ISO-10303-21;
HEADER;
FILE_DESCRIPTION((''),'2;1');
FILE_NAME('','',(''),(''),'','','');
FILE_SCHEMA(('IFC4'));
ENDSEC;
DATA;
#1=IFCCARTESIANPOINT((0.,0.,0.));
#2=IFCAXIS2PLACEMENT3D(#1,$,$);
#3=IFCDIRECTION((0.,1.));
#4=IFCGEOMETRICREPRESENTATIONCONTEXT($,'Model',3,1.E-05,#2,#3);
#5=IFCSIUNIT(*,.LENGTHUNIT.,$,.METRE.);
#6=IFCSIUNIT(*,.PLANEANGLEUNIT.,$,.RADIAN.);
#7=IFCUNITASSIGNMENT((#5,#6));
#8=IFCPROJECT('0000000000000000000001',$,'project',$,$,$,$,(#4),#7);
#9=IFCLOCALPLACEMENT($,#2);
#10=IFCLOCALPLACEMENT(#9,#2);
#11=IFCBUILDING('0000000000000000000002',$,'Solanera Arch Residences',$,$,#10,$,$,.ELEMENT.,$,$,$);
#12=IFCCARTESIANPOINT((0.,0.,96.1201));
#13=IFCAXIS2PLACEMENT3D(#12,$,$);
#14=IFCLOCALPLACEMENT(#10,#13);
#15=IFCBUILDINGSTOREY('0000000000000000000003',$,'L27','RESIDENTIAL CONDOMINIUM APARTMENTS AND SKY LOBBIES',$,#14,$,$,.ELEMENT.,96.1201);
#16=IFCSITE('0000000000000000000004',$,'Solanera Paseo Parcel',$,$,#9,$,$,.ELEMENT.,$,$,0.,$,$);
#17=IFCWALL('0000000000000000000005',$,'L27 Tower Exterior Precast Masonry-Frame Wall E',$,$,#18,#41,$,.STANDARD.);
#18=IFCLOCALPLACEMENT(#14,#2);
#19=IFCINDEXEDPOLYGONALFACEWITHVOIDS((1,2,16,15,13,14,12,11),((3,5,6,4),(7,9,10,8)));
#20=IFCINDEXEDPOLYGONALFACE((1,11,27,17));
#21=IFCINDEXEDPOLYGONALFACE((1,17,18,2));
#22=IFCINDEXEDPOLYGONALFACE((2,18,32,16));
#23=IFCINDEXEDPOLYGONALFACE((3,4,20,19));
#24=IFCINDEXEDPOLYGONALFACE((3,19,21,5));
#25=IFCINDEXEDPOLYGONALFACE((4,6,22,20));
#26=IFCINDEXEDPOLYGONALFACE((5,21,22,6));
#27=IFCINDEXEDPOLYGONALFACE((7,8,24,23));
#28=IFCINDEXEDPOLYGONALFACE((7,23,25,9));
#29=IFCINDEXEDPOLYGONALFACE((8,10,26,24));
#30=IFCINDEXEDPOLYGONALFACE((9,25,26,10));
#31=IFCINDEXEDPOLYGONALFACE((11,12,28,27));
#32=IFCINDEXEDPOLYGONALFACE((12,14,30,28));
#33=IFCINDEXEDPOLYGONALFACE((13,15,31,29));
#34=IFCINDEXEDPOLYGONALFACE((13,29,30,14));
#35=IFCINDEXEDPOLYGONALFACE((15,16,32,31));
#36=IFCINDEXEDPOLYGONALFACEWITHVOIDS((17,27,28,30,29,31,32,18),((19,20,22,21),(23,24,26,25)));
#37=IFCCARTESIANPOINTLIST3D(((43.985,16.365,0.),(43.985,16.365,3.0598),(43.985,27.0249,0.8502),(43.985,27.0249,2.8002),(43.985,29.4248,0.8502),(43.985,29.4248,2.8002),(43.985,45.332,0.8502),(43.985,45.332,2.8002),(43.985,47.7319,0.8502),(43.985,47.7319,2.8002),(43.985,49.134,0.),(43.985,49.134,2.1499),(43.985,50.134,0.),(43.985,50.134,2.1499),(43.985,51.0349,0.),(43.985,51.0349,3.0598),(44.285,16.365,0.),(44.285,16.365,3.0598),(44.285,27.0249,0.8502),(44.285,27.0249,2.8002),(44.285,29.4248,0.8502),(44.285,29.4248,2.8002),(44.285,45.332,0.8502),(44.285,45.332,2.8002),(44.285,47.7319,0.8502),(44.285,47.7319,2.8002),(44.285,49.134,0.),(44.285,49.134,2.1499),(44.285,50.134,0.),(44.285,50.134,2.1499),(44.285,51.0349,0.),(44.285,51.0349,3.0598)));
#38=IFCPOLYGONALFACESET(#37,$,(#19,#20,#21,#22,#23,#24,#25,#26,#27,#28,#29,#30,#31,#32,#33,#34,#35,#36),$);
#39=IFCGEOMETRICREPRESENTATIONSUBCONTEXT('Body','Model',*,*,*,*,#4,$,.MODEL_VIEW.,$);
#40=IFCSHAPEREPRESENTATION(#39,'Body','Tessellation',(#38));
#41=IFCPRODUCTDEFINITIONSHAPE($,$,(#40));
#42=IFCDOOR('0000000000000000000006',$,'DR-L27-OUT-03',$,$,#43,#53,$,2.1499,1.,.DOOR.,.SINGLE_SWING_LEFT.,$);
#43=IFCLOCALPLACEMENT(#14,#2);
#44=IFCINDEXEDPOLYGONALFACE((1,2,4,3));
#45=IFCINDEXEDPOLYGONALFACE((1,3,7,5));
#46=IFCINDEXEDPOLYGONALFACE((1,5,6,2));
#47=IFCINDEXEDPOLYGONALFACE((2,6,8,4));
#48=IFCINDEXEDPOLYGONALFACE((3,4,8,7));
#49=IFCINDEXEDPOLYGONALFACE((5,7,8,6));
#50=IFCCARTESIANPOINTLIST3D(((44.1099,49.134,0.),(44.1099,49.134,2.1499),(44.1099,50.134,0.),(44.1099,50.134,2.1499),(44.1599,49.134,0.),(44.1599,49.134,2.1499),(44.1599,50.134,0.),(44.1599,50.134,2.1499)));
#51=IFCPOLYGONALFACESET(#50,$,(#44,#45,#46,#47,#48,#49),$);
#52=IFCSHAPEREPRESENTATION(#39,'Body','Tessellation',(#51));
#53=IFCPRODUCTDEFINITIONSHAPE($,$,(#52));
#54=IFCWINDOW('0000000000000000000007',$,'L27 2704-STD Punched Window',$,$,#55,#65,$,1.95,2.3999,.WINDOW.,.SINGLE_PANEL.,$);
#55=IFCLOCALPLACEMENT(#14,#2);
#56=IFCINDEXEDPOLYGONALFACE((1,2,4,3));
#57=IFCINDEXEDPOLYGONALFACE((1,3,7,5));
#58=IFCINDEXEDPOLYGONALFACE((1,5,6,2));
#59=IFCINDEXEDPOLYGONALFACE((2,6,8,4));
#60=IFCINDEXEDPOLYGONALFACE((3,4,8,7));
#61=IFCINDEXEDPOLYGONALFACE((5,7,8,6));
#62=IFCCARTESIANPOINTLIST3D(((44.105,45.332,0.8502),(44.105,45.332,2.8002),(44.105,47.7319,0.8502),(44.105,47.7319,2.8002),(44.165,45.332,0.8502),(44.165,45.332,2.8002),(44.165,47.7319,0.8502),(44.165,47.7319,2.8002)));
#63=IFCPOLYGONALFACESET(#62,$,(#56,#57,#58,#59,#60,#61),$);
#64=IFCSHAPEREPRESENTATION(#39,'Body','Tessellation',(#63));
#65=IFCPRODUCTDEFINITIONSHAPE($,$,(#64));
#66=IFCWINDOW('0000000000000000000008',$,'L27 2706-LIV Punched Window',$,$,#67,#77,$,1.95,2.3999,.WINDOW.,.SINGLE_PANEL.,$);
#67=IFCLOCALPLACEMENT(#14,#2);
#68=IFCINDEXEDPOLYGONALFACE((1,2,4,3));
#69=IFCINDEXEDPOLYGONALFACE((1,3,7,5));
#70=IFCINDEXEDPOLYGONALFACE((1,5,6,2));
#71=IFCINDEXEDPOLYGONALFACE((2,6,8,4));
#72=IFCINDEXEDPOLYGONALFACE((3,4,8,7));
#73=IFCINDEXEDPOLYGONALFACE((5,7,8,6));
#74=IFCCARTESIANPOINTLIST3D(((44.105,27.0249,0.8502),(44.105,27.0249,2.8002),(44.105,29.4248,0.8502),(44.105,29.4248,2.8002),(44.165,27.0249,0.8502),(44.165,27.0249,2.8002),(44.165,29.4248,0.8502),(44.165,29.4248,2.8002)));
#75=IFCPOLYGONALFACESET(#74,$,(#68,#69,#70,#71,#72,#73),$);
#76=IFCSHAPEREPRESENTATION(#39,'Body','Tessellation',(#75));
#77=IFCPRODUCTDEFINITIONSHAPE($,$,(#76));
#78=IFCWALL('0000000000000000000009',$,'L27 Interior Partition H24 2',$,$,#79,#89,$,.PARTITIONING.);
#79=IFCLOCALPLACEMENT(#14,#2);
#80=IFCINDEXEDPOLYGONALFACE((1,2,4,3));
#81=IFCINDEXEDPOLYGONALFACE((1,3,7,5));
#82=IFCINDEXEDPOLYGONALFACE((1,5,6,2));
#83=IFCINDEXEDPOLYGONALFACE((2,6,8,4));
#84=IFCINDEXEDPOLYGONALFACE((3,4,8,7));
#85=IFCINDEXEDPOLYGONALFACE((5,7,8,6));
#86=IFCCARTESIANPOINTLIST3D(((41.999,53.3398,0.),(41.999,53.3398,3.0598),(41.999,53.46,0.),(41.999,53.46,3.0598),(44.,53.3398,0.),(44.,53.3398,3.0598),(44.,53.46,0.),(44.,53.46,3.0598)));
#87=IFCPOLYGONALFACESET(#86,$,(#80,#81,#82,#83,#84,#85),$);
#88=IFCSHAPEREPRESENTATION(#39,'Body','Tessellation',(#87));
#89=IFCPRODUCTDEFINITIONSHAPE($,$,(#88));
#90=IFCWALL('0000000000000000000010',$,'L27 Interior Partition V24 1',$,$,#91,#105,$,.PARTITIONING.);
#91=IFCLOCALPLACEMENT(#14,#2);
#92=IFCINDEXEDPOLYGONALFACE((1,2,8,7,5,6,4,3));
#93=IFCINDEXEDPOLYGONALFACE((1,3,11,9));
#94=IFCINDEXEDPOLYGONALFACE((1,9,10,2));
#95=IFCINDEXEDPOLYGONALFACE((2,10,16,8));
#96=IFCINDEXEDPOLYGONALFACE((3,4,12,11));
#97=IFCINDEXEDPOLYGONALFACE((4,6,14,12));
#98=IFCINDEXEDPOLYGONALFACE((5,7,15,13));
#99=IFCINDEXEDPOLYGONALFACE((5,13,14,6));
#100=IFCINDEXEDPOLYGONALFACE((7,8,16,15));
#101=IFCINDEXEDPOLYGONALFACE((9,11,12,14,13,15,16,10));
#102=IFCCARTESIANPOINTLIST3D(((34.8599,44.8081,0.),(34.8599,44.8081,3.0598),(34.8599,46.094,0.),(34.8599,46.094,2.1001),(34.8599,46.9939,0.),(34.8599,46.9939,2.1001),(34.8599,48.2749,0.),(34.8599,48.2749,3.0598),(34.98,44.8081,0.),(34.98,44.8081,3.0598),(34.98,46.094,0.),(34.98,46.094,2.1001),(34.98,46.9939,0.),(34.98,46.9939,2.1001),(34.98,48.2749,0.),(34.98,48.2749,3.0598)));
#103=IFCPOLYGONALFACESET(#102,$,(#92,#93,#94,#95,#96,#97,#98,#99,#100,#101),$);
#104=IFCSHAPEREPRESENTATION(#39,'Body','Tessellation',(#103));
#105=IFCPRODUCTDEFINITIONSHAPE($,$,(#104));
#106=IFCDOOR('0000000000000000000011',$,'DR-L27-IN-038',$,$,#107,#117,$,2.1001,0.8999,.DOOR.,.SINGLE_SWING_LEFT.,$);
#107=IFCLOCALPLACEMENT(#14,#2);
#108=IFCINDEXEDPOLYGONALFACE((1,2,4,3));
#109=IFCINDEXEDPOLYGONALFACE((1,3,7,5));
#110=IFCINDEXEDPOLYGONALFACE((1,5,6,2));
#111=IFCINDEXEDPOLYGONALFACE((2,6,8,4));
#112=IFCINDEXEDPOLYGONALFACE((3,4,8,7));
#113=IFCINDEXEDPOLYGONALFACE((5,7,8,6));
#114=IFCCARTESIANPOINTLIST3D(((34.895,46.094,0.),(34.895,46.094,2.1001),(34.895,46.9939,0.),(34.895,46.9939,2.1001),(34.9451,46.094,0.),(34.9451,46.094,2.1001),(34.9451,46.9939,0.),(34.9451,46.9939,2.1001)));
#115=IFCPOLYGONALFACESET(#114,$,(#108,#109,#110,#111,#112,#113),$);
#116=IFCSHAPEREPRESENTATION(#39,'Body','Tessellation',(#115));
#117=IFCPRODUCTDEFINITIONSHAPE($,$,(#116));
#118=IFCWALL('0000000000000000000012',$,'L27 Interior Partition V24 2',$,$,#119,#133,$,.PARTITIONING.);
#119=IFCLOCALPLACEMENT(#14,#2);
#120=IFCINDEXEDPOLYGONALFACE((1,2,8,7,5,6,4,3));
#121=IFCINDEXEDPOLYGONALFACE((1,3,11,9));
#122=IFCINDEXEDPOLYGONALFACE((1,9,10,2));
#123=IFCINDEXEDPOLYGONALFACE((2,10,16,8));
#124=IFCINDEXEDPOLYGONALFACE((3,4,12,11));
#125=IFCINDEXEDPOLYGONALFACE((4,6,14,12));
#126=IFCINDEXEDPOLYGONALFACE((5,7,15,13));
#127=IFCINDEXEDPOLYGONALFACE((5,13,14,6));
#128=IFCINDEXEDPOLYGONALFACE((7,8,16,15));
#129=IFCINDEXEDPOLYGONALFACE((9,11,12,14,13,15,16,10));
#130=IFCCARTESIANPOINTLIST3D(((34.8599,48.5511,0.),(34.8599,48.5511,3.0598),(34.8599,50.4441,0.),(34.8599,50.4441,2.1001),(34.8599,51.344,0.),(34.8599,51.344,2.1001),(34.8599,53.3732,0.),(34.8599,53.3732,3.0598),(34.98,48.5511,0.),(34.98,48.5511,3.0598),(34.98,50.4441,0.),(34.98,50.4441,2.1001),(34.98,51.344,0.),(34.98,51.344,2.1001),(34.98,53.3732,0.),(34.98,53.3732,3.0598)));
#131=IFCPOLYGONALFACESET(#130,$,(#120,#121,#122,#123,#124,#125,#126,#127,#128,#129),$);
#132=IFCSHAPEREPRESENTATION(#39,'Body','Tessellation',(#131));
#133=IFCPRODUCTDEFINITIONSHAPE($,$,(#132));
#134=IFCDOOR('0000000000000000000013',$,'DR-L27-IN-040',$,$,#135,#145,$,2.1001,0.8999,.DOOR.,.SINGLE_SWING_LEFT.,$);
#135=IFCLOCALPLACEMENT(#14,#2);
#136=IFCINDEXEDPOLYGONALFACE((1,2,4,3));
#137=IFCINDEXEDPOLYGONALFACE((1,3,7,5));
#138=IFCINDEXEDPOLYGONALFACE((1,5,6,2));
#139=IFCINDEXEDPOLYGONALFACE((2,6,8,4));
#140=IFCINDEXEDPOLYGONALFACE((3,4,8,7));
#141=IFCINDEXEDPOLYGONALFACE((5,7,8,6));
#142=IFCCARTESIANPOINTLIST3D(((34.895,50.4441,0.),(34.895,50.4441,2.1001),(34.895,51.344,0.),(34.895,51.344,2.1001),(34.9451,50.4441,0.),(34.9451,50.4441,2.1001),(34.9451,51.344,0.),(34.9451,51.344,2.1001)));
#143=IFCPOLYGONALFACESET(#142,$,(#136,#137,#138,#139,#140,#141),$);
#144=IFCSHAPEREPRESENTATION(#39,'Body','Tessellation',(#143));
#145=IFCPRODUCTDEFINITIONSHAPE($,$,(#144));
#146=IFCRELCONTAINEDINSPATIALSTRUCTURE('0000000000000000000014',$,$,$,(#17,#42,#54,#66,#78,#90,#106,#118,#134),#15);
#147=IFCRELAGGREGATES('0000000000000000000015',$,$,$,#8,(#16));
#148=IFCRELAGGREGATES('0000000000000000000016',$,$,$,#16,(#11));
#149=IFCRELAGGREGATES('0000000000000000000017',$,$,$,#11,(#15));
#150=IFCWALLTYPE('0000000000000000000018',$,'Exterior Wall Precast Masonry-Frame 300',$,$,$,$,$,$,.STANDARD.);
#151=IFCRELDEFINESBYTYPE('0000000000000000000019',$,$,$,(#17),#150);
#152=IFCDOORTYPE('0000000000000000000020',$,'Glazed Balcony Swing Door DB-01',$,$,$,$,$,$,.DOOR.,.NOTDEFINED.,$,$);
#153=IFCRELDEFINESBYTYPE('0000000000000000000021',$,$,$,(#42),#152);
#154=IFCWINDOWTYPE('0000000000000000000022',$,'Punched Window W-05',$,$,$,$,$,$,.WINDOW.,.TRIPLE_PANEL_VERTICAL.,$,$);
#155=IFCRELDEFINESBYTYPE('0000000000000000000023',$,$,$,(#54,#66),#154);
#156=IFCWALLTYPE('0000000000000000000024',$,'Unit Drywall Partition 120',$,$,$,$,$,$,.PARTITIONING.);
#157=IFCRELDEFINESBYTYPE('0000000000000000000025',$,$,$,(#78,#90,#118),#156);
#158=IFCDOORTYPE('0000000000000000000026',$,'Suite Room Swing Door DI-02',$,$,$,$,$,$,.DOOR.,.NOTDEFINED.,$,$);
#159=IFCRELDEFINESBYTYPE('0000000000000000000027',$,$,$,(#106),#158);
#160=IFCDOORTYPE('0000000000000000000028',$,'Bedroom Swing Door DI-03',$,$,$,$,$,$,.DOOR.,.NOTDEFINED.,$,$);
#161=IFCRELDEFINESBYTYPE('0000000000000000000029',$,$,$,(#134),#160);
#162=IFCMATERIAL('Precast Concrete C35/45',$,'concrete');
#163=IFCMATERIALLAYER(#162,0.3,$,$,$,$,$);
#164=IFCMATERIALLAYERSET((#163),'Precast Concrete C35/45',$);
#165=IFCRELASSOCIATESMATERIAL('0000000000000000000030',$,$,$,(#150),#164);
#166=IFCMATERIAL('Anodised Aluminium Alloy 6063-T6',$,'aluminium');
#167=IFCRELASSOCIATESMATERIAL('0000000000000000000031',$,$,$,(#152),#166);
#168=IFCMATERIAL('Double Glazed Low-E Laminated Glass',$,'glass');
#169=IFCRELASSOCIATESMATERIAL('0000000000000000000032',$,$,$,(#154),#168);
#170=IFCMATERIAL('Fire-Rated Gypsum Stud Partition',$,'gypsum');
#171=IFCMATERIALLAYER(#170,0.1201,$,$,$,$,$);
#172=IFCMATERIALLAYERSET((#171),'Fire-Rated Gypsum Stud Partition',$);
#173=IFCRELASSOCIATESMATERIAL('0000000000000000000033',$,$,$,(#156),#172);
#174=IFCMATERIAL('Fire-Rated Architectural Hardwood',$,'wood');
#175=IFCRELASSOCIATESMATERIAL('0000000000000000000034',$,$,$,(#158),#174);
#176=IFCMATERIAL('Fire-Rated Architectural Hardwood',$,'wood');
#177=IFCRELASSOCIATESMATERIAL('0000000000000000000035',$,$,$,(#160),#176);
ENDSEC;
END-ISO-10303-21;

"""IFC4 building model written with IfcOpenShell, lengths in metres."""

from ifc_helpers import new_model, si_unit, direction, frame, frame_2d, origin, place, context, subcontext, project, spatial, rectangle, extrude, material, layer, layer_set, type_object, element, fill, save


model = new_model("IFC4")

# Units and contexts
model_context = context("Model", 3, precision=1e-05, world=origin(), true_north=direction((0.0, 1.0)))
body_context = subcontext(model_context, "Body", "Model", "MODEL_VIEW")
ifc_project = project(units=[si_unit("LENGTHUNIT", "METRE"), si_unit("PLANEANGLEUNIT", "RADIAN")], contexts=[model_context])

# Site, building, storey
site_placement = place(None, origin())
site = spatial("IfcSite", under=ifc_project, at=site_placement, Name="Solanera Paseo Parcel", CompositionType="ELEMENT", RefElevation=0.0)
building_placement = place(site_placement, origin())
building = spatial("IfcBuilding", under=site, at=building_placement, Name="Solanera Arch Residences", CompositionType="ELEMENT")
storey_placement = place(building_placement, frame((0.0, 0.0, 96.1201)))
storey = spatial("IfcBuildingStorey", under=building, at=storey_placement, Name="L27", Description="RESIDENTIAL CONDOMINIUM APARTMENTS AND SKY LOBBIES", CompositionType="ELEMENT", Elevation=96.1201)

# Shared definitions
ifc_material_1 = material(Name="Precast Concrete C35/45", Category="concrete")
ifc_layer_1 = layer(ifc_material_1, 0.3)
ifc_layer_set_1 = layer_set([ifc_layer_1], Name="Precast Concrete C35/45")
wall_type_1 = type_object("IfcWallType", Name="Exterior Wall Precast Masonry-Frame 300", PredefinedType="STANDARD", material=ifc_layer_set_1)

# Wall, openings, door, windows
wall_1_placement = place(storey_placement, frame((44.135, 51.0349, 0.0), z_axis=(0.0, 0.0, 1.0), x_axis=(0.0, -1.0, 0.0)))
wall_1 = element("IfcWall", 1, at=wall_1_placement, inside=storey, type_object=wall_type_1, Name="L27 Tower Exterior Precast Masonry-Frame Wall E", PredefinedType="STANDARD", context=body_context, shape_type="SweptSolid", body=[
    extrude(rectangle(XDim=34.6699, YDim=0.3, at=frame_2d((17.335, 0.0))), origin(), (0.0, 0.0, 1.0), 3.0598),
])
opening_1_placement = place(wall_1_placement, frame((0.9009, 0.0, 0.0)))
opening_1 = element("IfcOpeningElement", 2, at=opening_1_placement, cuts=wall_1, PredefinedType="OPENING", context=body_context, shape_type="SweptSolid", body=[
    extrude(rectangle(XDim=1.0, YDim=2.1499, at=frame_2d((0.5, 1.075))), frame((0.0, 0.1599, 0.0), z_axis=(0.0, -1.0, 0.0), x_axis=(1.0, 0.0, 0.0)), (0.0, 0.0, 1.0), 0.32),
])
opening_2_placement = place(wall_1_placement, frame((3.303, 0.0, 0.8501)))
opening_2 = element("IfcOpeningElement", 3, at=opening_2_placement, cuts=wall_1, PredefinedType="OPENING", context=body_context, shape_type="SweptSolid", body=[
    extrude(rectangle(XDim=2.3999, YDim=1.95, at=frame_2d((1.2, 0.9751))), frame((0.0, 0.1599, 0.0), z_axis=(0.0, -1.0, 0.0), x_axis=(1.0, 0.0, 0.0)), (0.0, 0.0, 1.0), 0.32),
])
opening_3_placement = place(wall_1_placement, frame((21.6101, 0.0, 0.8501)))
opening_3 = element("IfcOpeningElement", 4, at=opening_3_placement, cuts=wall_1, PredefinedType="OPENING", context=body_context, shape_type="SweptSolid", body=[
    extrude(rectangle(XDim=2.3999, YDim=1.95, at=frame_2d((1.2, 0.9751))), frame((0.0, 0.1599, 0.0), z_axis=(0.0, -1.0, 0.0), x_axis=(1.0, 0.0, 0.0)), (0.0, 0.0, 1.0), 0.32),
])
ifc_material_2 = material(Name="Anodised Aluminium Alloy 6063-T6", Category="aluminium")
door_type_1 = type_object("IfcDoorType", Name="Glazed Balcony Swing Door DB-01", OperationType="NOTDEFINED", PredefinedType="DOOR", material=ifc_material_2)
door_1_placement = place(opening_1_placement, origin())
door_1 = element("IfcDoor", 5, at=door_1_placement, inside=storey, type_object=door_type_1, Name="DR-L27-OUT-03", OperationType="SINGLE_SWING_LEFT", OverallHeight=2.1499, OverallWidth=1.0, PredefinedType="DOOR", context=body_context, shape_type="SweptSolid", body=[
    extrude(rectangle(XDim=1.0, YDim=2.1499, at=frame_2d((0.5, 1.075))), frame((0.0, 0.0249, 0.0), z_axis=(0.0, -1.0, 0.0), x_axis=(1.0, 0.0, 0.0)), (0.0, 0.0, 1.0), 0.05),
])
fill(opening_1, door_1)
ifc_material_3 = material(Name="Double Glazed Low-E Laminated Glass", Category="glass")
window_type = type_object("IfcWindowType", Name="Punched Window W-05", PartitioningType="TRIPLE_PANEL_VERTICAL", PredefinedType="WINDOW", material=ifc_material_3)
window_1_placement = place(opening_2_placement, origin())
window_1 = element("IfcWindow", 6, at=window_1_placement, inside=storey, type_object=window_type, Name="L27 2704-STD Punched Window", OverallHeight=1.95, OverallWidth=2.3999, PartitioningType="SINGLE_PANEL", PredefinedType="WINDOW", context=body_context, shape_type="SweptSolid", body=[
    extrude(rectangle(XDim=2.3999, YDim=1.95, at=frame_2d((1.2, 0.9751))), frame((0.0, 0.03, 0.0), z_axis=(0.0, -1.0, 0.0), x_axis=(1.0, 0.0, 0.0)), (0.0, 0.0, 1.0), 0.0601),
])
fill(opening_2, window_1)
window_2_placement = place(opening_3_placement, origin())
window_2 = element("IfcWindow", 7, at=window_2_placement, inside=storey, type_object=window_type, Name="L27 2706-LIV Punched Window", OverallHeight=1.95, OverallWidth=2.3999, PartitioningType="SINGLE_PANEL", PredefinedType="WINDOW", context=body_context, shape_type="SweptSolid", body=[
    extrude(rectangle(XDim=2.3999, YDim=1.95, at=frame_2d((1.2, 0.9751))), frame((0.0, 0.03, 0.0), z_axis=(0.0, -1.0, 0.0), x_axis=(1.0, 0.0, 0.0)), (0.0, 0.0, 1.0), 0.0601),
])
fill(opening_3, window_2)

# Wall
ifc_material_4 = material(Name="Fire-Rated Gypsum Stud Partition", Category="gypsum")
ifc_layer_2 = layer(ifc_material_4, 0.1201)
ifc_layer_set_2 = layer_set([ifc_layer_2], Name="Fire-Rated Gypsum Stud Partition")
wall_type_2 = type_object("IfcWallType", Name="Unit Drywall Partition 120", PredefinedType="PARTITIONING", material=ifc_layer_set_2)
wall_2_placement = place(storey_placement, frame((41.999, 53.3999, 0.0), z_axis=(0.0, 0.0, 1.0), x_axis=(1.0, 0.0, 0.0)))
element("IfcWall", 8, at=wall_2_placement, inside=storey, type_object=wall_type_2, Name="L27 Interior Partition H24 2", PredefinedType="PARTITIONING", context=body_context, shape_type="SweptSolid", body=[
    extrude(rectangle(XDim=2.001, YDim=0.1201, at=frame_2d((1.0005, 0.0))), origin(), (0.0, 0.0, 1.0), 3.0598),
])

# Walls, openings, doors
wall_3_placement = place(storey_placement, frame((34.9199, 44.8081, 0.0), z_axis=(0.0, 0.0, 1.0), x_axis=(0.0, 1.0, 0.0)))
wall_3 = element("IfcWall", 9, at=wall_3_placement, inside=storey, type_object=wall_type_2, Name="L27 Interior Partition V24 1", PredefinedType="PARTITIONING", context=body_context, shape_type="SweptSolid", body=[
    extrude(rectangle(XDim=3.4668, YDim=0.1201, at=frame_2d((1.7334, 0.0))), origin(), (0.0, 0.0, 1.0), 3.0598),
])
opening_4_placement = place(wall_3_placement, frame((1.2859, 0.0, 0.0)))
opening_4 = element("IfcOpeningElement", 10, at=opening_4_placement, cuts=wall_3, PredefinedType="OPENING", context=body_context, shape_type="SweptSolid", body=[
    extrude(rectangle(XDim=0.8999, YDim=2.1001, at=frame_2d((0.45, 1.05))), frame((0.0, 0.0701, 0.0), z_axis=(0.0, -1.0, 0.0), x_axis=(1.0, 0.0, 0.0)), (0.0, 0.0, 1.0), 0.1401),
])
ifc_material_5 = material(Name="Fire-Rated Architectural Hardwood", Category="wood")
door_type_2 = type_object("IfcDoorType", Name="Suite Room Swing Door DI-02", OperationType="NOTDEFINED", PredefinedType="DOOR", material=ifc_material_5)
door_2_placement = place(opening_4_placement, origin())
door_2 = element("IfcDoor", 11, at=door_2_placement, inside=storey, type_object=door_type_2, Name="DR-L27-IN-038", OperationType="SINGLE_SWING_LEFT", OverallHeight=2.1001, OverallWidth=0.8999, PredefinedType="DOOR", context=body_context, shape_type="SweptSolid", body=[
    extrude(rectangle(XDim=0.8999, YDim=2.1001, at=frame_2d((0.45, 1.05))), frame((0.0, 0.0249, 0.0), z_axis=(0.0, -1.0, 0.0), x_axis=(1.0, 0.0, 0.0)), (0.0, 0.0, 1.0), 0.05),
])
fill(opening_4, door_2)
wall_4_placement = place(storey_placement, frame((34.9199, 48.551, 0.0), z_axis=(0.0, 0.0, 1.0), x_axis=(0.0, 1.0, 0.0)))
wall_4 = element("IfcWall", 12, at=wall_4_placement, inside=storey, type_object=wall_type_2, Name="L27 Interior Partition V24 2", PredefinedType="PARTITIONING", context=body_context, shape_type="SweptSolid", body=[
    extrude(rectangle(XDim=4.822, YDim=0.1201, at=frame_2d((2.4111, 0.0))), origin(), (0.0, 0.0, 1.0), 3.0598),
])
opening_5_placement = place(wall_4_placement, frame((1.8931, 0.0, 0.0)))
opening_5 = element("IfcOpeningElement", 13, at=opening_5_placement, cuts=wall_4, PredefinedType="OPENING", context=body_context, shape_type="SweptSolid", body=[
    extrude(rectangle(XDim=0.8999, YDim=2.1001, at=frame_2d((0.45, 1.05))), frame((0.0, 0.0701, 0.0), z_axis=(0.0, -1.0, 0.0), x_axis=(1.0, 0.0, 0.0)), (0.0, 0.0, 1.0), 0.1401),
])
ifc_material_6 = material(Name="Fire-Rated Architectural Hardwood", Category="wood")
door_type_3 = type_object("IfcDoorType", Name="Bedroom Swing Door DI-03", OperationType="NOTDEFINED", PredefinedType="DOOR", material=ifc_material_6)
door_3_placement = place(opening_5_placement, origin())
door_3 = element("IfcDoor", 14, at=door_3_placement, inside=storey, type_object=door_type_3, Name="DR-L27-IN-040", OperationType="SINGLE_SWING_LEFT", OverallHeight=2.1001, OverallWidth=0.8999, PredefinedType="DOOR", context=body_context, shape_type="SweptSolid", body=[
    extrude(rectangle(XDim=0.8999, YDim=2.1001, at=frame_2d((0.45, 1.05))), frame((0.0, 0.0249, 0.0), z_axis=(0.0, -1.0, 0.0), x_axis=(1.0, 0.0, 0.0)), (0.0, 0.0, 1.0), 0.05),
])
fill(opening_5, door_3)

save(model, "model.ifc")
